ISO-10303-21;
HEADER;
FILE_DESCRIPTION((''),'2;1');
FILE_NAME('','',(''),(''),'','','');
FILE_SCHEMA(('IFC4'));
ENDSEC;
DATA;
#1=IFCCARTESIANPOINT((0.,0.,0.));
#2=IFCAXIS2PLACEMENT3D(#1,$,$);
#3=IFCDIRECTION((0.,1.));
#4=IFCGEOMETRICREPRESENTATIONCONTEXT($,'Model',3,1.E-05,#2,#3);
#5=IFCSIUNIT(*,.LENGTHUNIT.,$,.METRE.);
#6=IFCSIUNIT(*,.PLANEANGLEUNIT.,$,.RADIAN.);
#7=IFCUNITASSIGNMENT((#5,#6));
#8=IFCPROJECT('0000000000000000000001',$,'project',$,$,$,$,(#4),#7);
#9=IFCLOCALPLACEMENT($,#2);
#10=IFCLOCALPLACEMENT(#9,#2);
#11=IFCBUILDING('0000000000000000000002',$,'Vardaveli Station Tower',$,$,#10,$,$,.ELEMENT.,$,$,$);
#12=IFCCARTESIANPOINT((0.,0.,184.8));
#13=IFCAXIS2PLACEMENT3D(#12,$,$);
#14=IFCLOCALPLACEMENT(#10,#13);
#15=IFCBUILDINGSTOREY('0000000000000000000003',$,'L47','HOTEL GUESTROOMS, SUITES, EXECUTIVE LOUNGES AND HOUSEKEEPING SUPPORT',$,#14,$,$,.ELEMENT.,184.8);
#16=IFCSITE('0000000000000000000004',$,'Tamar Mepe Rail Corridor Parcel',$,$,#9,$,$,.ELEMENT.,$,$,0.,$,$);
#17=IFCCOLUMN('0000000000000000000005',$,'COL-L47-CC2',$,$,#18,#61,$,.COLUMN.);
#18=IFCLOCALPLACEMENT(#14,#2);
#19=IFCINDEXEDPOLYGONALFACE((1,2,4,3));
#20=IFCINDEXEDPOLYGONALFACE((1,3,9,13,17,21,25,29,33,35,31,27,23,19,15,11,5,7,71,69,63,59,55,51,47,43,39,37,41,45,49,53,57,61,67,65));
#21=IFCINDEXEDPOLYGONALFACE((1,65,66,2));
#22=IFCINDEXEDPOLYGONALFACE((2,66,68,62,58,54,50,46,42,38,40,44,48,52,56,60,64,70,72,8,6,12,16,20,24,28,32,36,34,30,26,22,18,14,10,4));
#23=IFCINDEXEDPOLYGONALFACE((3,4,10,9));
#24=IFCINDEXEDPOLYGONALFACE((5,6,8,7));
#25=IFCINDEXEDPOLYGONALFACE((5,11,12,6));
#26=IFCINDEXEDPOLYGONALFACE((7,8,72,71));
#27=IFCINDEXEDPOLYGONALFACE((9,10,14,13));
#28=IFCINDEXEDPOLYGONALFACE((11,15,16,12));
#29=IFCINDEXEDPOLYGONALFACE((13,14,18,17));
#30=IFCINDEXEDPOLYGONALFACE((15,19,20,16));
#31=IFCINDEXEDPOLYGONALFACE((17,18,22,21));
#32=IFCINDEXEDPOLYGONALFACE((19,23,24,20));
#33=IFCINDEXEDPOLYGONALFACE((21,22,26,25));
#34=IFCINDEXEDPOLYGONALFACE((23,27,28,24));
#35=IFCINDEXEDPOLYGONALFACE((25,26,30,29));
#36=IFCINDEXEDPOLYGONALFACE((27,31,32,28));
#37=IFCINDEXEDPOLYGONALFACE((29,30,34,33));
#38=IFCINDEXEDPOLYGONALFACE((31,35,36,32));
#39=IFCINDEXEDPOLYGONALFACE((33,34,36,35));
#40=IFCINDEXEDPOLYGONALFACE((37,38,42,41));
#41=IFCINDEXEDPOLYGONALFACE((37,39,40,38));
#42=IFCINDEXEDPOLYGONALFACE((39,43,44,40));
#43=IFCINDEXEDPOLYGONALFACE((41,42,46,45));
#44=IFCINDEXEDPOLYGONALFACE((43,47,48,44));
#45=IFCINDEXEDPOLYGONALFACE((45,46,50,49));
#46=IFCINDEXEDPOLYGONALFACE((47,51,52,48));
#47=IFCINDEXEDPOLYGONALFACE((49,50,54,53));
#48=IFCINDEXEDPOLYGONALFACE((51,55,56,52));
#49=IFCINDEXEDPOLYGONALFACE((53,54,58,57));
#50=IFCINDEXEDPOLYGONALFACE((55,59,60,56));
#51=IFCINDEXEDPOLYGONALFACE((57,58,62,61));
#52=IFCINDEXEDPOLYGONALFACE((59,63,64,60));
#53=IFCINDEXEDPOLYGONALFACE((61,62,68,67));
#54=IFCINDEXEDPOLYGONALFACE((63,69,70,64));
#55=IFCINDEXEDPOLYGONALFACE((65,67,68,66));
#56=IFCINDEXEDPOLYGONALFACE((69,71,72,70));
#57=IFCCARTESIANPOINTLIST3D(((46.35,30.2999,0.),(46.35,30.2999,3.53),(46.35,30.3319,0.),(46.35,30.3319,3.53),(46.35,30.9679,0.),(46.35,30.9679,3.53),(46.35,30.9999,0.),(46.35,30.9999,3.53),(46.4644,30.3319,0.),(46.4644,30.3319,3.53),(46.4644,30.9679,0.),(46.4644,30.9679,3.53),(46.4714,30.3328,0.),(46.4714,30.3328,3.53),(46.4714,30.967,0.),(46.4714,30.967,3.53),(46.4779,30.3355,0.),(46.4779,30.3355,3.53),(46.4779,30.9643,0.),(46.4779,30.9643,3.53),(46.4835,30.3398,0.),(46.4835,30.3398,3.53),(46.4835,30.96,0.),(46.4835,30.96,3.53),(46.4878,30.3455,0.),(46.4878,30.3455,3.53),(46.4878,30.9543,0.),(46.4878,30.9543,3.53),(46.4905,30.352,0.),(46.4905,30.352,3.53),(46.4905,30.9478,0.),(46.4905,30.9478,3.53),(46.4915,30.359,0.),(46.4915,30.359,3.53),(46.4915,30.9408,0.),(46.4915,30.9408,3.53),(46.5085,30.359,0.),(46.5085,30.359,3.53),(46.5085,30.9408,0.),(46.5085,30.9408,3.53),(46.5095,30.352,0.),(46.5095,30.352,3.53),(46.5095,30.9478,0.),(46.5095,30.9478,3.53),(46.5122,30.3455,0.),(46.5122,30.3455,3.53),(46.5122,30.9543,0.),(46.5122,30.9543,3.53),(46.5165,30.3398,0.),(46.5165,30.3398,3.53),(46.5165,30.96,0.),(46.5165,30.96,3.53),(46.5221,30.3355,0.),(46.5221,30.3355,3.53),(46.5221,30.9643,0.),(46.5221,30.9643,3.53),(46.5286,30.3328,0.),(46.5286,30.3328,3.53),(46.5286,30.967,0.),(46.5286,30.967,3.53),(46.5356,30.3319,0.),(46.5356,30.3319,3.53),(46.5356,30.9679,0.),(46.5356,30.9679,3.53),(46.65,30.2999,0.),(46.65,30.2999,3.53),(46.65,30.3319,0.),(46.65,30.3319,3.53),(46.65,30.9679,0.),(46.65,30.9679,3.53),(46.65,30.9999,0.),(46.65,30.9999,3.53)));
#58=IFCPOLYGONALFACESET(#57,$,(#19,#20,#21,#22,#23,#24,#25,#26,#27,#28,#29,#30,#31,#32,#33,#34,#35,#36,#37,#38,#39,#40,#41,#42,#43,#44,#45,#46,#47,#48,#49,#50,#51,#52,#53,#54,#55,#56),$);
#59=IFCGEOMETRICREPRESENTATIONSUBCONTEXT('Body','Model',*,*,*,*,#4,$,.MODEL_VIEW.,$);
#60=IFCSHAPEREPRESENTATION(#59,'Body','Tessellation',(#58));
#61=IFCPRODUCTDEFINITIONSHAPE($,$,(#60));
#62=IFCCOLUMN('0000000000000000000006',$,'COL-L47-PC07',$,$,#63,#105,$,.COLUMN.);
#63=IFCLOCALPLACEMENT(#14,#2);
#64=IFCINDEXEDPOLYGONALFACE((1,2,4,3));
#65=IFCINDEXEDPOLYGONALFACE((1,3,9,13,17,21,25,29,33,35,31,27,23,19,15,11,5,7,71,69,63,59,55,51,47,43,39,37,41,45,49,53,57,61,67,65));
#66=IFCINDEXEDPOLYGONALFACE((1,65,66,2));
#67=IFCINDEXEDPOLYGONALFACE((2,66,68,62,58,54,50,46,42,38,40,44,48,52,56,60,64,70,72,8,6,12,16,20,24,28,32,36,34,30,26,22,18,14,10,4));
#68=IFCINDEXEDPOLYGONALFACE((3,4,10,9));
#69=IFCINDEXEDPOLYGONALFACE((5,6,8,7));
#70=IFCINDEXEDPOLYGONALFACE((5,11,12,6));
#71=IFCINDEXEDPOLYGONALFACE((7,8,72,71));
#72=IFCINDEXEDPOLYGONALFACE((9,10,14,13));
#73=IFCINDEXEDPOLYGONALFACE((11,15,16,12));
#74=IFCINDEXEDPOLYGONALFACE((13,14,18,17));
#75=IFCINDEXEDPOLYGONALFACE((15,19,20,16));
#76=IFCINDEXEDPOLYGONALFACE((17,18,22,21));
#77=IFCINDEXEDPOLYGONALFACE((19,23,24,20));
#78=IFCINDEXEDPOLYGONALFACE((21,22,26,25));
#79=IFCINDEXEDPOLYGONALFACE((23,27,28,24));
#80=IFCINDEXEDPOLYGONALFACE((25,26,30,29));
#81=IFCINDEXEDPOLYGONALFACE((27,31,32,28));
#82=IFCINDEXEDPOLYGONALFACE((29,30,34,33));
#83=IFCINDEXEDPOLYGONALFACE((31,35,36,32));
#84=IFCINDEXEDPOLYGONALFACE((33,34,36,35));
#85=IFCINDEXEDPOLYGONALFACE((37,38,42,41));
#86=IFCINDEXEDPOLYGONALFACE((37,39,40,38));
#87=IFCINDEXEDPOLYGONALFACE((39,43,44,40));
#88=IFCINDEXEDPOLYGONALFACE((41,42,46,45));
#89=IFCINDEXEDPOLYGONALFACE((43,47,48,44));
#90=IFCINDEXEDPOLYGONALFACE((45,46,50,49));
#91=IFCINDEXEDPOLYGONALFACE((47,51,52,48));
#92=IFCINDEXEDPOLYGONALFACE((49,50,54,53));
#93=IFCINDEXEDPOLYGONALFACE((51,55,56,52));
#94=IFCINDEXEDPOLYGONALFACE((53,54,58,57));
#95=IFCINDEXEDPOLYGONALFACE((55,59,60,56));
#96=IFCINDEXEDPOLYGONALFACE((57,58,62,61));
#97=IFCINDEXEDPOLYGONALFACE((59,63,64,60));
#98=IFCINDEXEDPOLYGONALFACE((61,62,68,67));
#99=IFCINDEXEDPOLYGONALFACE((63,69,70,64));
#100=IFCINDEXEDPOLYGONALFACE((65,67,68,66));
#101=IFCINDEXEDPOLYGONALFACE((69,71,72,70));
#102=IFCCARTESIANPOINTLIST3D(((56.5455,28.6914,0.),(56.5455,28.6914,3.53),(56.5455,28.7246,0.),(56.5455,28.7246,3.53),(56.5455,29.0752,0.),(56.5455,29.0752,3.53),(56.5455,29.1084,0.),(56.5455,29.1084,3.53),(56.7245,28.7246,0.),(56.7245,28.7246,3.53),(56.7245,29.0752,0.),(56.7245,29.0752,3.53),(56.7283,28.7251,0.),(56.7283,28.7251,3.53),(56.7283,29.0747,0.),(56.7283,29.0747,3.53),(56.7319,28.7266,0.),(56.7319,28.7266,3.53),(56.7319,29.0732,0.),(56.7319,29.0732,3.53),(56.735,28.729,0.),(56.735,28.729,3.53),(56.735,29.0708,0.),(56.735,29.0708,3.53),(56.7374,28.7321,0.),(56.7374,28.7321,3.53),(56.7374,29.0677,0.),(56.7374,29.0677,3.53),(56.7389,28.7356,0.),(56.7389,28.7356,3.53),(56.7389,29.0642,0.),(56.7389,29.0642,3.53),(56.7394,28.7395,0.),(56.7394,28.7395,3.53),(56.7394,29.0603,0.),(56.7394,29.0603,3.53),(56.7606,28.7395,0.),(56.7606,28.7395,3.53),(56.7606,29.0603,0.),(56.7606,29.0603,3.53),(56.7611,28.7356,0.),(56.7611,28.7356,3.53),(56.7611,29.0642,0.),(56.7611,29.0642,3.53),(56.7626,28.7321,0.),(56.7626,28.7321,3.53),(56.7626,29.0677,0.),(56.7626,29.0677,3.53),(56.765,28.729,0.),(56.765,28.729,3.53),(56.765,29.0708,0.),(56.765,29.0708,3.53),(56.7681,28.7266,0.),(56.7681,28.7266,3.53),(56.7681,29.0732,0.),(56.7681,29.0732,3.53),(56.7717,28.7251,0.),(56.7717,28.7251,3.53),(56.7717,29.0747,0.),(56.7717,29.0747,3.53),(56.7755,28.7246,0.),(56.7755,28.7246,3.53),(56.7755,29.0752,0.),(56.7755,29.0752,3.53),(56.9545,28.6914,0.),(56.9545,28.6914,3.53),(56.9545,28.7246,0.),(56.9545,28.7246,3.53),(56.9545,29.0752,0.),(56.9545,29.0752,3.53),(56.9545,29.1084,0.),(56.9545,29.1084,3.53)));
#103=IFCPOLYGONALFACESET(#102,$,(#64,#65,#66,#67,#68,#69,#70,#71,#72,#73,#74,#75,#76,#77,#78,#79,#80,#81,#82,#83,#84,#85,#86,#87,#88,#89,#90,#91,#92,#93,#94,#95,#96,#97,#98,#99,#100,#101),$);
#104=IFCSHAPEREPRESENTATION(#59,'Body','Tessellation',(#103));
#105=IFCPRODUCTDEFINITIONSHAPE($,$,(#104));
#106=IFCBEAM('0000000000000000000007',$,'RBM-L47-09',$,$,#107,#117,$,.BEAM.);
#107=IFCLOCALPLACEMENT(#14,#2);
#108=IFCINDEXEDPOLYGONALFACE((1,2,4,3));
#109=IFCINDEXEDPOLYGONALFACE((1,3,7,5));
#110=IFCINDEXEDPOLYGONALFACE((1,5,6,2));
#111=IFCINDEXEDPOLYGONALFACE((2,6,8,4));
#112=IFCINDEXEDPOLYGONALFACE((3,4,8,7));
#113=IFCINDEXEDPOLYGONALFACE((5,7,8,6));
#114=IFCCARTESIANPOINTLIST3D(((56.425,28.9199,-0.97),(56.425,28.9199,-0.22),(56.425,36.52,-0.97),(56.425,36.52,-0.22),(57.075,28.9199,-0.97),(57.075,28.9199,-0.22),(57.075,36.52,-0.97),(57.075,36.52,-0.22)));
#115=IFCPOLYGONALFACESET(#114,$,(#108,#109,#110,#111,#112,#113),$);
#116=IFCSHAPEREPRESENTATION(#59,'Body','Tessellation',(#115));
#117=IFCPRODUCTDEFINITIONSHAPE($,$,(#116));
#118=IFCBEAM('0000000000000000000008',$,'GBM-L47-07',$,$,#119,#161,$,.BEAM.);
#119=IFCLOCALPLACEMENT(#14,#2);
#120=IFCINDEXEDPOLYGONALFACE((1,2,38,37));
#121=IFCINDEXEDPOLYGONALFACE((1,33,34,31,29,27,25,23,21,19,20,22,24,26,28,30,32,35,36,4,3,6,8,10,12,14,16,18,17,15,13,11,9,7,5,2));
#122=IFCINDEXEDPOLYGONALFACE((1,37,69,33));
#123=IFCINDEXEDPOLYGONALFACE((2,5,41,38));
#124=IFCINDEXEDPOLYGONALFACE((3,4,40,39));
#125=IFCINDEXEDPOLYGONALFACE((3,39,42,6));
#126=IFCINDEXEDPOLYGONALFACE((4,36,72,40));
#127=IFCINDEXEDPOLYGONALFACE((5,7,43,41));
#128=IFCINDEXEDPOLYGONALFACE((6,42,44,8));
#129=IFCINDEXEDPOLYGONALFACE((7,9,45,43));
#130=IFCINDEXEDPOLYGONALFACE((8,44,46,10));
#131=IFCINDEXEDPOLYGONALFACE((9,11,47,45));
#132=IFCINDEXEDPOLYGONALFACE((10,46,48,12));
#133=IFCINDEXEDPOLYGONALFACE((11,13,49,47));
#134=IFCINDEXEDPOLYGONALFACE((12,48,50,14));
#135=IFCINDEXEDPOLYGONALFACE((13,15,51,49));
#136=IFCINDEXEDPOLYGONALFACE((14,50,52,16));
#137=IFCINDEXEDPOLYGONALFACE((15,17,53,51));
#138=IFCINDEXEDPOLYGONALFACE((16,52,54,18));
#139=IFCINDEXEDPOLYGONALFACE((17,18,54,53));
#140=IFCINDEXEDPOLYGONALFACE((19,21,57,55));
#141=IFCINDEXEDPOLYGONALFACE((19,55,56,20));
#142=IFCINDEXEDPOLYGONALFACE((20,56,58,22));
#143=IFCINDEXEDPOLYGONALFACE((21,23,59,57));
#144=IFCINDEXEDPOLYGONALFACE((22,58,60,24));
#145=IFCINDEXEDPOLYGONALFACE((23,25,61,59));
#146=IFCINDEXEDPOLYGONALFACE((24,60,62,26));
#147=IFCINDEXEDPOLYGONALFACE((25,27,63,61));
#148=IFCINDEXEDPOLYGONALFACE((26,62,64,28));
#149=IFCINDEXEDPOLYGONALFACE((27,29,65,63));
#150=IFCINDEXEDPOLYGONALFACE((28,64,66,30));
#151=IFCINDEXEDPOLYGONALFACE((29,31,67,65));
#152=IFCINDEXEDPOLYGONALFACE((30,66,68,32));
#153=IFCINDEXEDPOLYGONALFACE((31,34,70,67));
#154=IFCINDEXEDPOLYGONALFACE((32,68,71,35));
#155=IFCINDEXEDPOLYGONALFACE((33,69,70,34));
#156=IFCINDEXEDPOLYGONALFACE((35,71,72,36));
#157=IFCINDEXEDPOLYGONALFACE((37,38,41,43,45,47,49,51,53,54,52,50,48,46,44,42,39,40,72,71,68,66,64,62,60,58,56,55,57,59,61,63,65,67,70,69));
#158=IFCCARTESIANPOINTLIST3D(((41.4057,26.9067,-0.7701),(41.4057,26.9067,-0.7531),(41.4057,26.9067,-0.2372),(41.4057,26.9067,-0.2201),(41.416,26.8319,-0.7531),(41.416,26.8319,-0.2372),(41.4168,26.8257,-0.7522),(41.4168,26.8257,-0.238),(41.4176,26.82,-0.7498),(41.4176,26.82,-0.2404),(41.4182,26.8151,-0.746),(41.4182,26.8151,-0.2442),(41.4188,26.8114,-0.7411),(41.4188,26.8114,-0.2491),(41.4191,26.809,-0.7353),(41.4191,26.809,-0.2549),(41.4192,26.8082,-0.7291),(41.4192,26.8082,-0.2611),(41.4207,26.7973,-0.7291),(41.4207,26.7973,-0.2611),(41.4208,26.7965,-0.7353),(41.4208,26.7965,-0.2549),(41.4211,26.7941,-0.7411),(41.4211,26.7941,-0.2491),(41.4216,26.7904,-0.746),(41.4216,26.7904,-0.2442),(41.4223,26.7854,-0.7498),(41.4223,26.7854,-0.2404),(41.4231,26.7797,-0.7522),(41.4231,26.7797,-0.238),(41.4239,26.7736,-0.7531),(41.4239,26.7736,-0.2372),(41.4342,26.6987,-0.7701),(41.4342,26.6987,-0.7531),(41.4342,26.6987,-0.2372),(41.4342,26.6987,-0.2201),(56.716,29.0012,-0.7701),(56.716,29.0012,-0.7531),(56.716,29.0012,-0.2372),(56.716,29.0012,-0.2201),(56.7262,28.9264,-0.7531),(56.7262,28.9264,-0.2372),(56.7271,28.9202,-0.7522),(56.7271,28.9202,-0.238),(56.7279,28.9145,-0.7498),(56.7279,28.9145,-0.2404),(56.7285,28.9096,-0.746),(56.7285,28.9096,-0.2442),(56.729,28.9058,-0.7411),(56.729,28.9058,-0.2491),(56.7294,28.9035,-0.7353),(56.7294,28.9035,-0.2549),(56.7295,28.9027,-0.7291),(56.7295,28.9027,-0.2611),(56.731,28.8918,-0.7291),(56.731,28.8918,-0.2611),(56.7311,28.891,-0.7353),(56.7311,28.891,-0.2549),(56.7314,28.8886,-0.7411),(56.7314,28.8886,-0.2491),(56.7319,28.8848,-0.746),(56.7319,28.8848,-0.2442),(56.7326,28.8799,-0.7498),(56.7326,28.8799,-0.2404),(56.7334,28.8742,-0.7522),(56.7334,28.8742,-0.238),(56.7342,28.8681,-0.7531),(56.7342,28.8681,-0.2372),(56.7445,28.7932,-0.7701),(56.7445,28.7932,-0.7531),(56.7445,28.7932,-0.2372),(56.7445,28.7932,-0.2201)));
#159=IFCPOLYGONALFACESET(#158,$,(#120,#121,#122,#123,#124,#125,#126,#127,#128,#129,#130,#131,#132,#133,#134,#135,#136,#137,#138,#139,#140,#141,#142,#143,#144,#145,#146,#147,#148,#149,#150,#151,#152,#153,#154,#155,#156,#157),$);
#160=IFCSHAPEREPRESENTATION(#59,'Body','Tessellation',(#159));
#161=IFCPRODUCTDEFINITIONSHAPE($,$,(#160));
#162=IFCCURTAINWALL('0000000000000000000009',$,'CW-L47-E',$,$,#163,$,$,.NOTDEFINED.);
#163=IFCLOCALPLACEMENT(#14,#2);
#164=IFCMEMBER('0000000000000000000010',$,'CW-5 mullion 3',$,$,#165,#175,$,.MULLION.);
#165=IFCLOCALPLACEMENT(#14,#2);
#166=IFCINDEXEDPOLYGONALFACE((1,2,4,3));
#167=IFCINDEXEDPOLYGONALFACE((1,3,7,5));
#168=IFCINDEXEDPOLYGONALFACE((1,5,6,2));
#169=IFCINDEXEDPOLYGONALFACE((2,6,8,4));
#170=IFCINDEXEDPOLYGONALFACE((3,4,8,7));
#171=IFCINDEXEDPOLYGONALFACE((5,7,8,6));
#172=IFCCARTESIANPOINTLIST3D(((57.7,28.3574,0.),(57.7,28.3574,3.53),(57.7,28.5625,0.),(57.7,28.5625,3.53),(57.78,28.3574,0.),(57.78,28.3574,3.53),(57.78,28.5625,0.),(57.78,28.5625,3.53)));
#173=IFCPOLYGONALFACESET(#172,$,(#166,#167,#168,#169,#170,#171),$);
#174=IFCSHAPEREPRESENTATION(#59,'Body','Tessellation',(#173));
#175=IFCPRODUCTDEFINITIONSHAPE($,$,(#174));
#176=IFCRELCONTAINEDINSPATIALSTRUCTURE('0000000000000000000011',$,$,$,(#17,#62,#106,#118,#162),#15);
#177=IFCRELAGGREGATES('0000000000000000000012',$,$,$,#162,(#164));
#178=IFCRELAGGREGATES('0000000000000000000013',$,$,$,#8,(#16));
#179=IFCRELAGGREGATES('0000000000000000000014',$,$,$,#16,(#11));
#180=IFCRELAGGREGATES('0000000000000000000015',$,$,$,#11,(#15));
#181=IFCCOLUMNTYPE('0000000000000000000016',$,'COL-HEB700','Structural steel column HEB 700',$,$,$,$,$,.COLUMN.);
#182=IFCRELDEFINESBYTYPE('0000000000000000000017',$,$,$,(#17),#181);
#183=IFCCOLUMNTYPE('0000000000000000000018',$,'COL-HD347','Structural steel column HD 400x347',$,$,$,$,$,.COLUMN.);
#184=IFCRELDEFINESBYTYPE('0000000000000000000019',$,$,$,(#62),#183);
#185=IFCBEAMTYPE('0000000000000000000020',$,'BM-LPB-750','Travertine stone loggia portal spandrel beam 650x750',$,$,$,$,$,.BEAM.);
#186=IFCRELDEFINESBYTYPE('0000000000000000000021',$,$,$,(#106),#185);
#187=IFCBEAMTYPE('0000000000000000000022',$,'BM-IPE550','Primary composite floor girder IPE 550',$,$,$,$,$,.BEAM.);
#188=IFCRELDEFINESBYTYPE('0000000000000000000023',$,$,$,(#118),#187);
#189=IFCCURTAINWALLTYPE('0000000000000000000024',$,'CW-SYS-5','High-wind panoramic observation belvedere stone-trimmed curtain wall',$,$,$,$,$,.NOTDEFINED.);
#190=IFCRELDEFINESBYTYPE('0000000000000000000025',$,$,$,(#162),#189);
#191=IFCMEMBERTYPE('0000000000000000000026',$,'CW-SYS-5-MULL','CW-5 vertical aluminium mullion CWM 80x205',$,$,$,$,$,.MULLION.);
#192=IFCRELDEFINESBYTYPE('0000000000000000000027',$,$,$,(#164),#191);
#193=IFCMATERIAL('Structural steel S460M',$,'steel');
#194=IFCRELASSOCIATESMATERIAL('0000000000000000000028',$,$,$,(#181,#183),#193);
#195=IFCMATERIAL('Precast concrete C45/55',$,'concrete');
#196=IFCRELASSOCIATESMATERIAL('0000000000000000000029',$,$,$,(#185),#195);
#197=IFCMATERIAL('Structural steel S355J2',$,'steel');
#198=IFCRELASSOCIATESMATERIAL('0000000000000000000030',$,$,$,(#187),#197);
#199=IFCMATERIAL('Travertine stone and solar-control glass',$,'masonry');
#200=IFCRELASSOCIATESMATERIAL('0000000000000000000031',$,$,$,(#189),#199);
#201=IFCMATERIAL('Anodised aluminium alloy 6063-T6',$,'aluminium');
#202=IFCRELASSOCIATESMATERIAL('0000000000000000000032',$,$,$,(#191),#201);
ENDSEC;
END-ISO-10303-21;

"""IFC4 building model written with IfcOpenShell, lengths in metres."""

from ifc_helpers import new_model, si_unit, direction, frame, origin, origin_2d, place, context, subcontext, project, spatial, rectangle, i_section, extrude, source, transform, mapped, material, material_profile, profile_set, type_object, element, aggregate, save


model = new_model("IFC4")

# Units and contexts
model_context = context("Model", 3, precision=1e-05, world=origin(), true_north=direction((0.0, 1.0)))
body_context = subcontext(model_context, "Body", "Model", "MODEL_VIEW")
ifc_project = project(units=[si_unit("LENGTHUNIT", "METRE"), si_unit("PLANEANGLEUNIT", "RADIAN")], contexts=[model_context])

# Site, building, storey
site_placement = place(None, origin())
site = spatial("IfcSite", under=ifc_project, at=site_placement, Name="Tamar Mepe Rail Corridor Parcel", CompositionType="ELEMENT", RefElevation=0.0)
building_placement = place(site_placement, origin())
building = spatial("IfcBuilding", under=site, at=building_placement, Name="Vardaveli Station Tower", CompositionType="ELEMENT")
storey_placement = place(building_placement, frame((0.0, 0.0, 184.8)))
storey = spatial("IfcBuildingStorey", under=building, at=storey_placement, Name="L47", Description="HOTEL GUESTROOMS, SUITES, EXECUTIVE LOUNGES AND HOUSEKEEPING SUPPORT", CompositionType="ELEMENT", Elevation=184.8)

# Columns
ifc_material_1 = material(Name="Structural steel S460M", Category="steel")
ifc_material_profile_1 = material_profile(ifc_material_1, i_section(OverallWidth=0.3, OverallDepth=0.7, WebThickness=0.0171, FlangeThickness=0.032, FilletRadius=0.0271, at=origin_2d()), Name="HEB 700")
ifc_profile_set_1 = profile_set([ifc_material_profile_1], Name="Structural steel S460M")
column_type_1 = type_object("IfcColumnType", Name="COL-HEB700", Description="Structural steel column HEB 700", PredefinedType="COLUMN", material=ifc_profile_set_1)
shared_shape_1 = source(origin(), body_context, "Body", "SweptSolid", [
    extrude(i_section(OverallWidth=0.3, OverallDepth=0.7, WebThickness=0.0171, FlangeThickness=0.032, FilletRadius=0.0271, at=origin_2d()), origin(), (0.0, 0.0, 1.0), 3.53),
])
column_1_placement = place(storey_placement, frame((46.5, 30.6499, 0.0), z_axis=(0.0, 0.0, 1.0), x_axis=(1.0, 0.0, 0.0)))
element("IfcColumn", 1, at=column_1_placement, inside=storey, type_object=column_type_1, Name="COL-L47-CC2", PredefinedType="COLUMN", context=body_context, shape_type="MappedRepresentation", body=[
    mapped(shared_shape_1, transform((0.0, 0.0, 0.0), scale=1.0)),
])
ifc_material_profile_2 = material_profile(ifc_material_1, i_section(OverallWidth=0.4089, OverallDepth=0.417, WebThickness=0.0212, FlangeThickness=0.0332, FilletRadius=0.0149, at=origin_2d()), Name="HD 400x347")
ifc_profile_set_2 = profile_set([ifc_material_profile_2], Name="Structural steel S460M")
column_type_2 = type_object("IfcColumnType", Name="COL-HD347", Description="Structural steel column HD 400x347", PredefinedType="COLUMN", material=ifc_profile_set_2)
shared_shape_2 = source(origin(), body_context, "Body", "SweptSolid", [
    extrude(i_section(OverallWidth=0.4089, OverallDepth=0.417, WebThickness=0.0212, FlangeThickness=0.0332, FilletRadius=0.0149, at=origin_2d()), origin(), (0.0, 0.0, 1.0), 3.53),
])
column_2_placement = place(storey_placement, frame((56.75, 28.8999, 0.0), z_axis=(0.0, 0.0, 1.0), x_axis=(1.0, 0.0, 0.0)))
element("IfcColumn", 2, at=column_2_placement, inside=storey, type_object=column_type_2, Name="COL-L47-PC07", PredefinedType="COLUMN", context=body_context, shape_type="MappedRepresentation", body=[
    mapped(shared_shape_2, transform((0.0, 0.0, 0.0), scale=1.0)),
])

# Beams
ifc_material_2 = material(Name="Precast concrete C45/55", Category="concrete")
ifc_material_profile_3 = material_profile(ifc_material_2, rectangle(XDim=0.6499, YDim=0.75, at=origin_2d()), Name="LPB 650x750")
ifc_profile_set_3 = profile_set([ifc_material_profile_3], Name="Precast concrete C45/55")
beam_type_1 = type_object("IfcBeamType", Name="BM-LPB-750", Description="Travertine stone loggia portal spandrel beam 650x750", PredefinedType="BEAM", material=ifc_profile_set_3)
shared_shape_3 = source(origin(), body_context, "Body", "SweptSolid", [
    extrude(rectangle(XDim=0.6499, YDim=0.75, at=origin_2d()), origin(), (0.0, 0.0, 1.0), 7.6001),
])
beam_1_placement = place(storey_placement, frame((56.75, 28.9199, -0.595), z_axis=(0.0, 1.0, 0.0), x_axis=(-1.0, 0.0, 0.0)))
element("IfcBeam", 3, at=beam_1_placement, inside=storey, type_object=beam_type_1, Name="RBM-L47-09", PredefinedType="BEAM", context=body_context, shape_type="MappedRepresentation", body=[
    mapped(shared_shape_3, transform((0.0, 0.0, 0.0), scale=1.0)),
])
ifc_material_3 = material(Name="Structural steel S355J2", Category="steel")
ifc_material_profile_4 = material_profile(ifc_material_3, i_section(OverallWidth=0.21, OverallDepth=0.55, WebThickness=0.011, FlangeThickness=0.0171, FilletRadius=0.0239, at=origin_2d()), Name="IPE 550")
ifc_profile_set_4 = profile_set([ifc_material_profile_4], Name="Structural steel S355J2")
beam_type_2 = type_object("IfcBeamType", Name="BM-IPE550", Description="Primary composite floor girder IPE 550", PredefinedType="BEAM", material=ifc_profile_set_4)
shared_shape_4 = source(origin(), body_context, "Body", "SweptSolid", [
    extrude(i_section(OverallWidth=0.21, OverallDepth=0.55, WebThickness=0.011, FlangeThickness=0.0171, FilletRadius=0.0239, at=origin_2d()), origin(), (0.0, 0.0, 1.0), 15.4529),
])
beam_2_placement = place(storey_placement, frame((56.7302, 28.8972, -0.4951), z_axis=(-0.990772, -0.13554, 0.0), x_axis=(0.13554, -0.990772, 0.0)))
element("IfcBeam", 4, at=beam_2_placement, inside=storey, type_object=beam_type_2, Name="GBM-L47-07", PredefinedType="BEAM", context=body_context, shape_type="MappedRepresentation", body=[
    mapped(shared_shape_4, transform((0.0, 0.0, 0.0), scale=1.0)),
])

# Curtain wall, member
ifc_material_4 = material(Name="Travertine stone and solar-control glass", Category="masonry")
curtain_wall_type = type_object("IfcCurtainWallType", Name="CW-SYS-5", Description="High-wind panoramic observation belvedere stone-trimmed curtain wall", PredefinedType="NOTDEFINED", material=ifc_material_4)
curtain_wall_placement = place(storey_placement, origin())
curtain_wall = element("IfcCurtainWall", 5, at=curtain_wall_placement, inside=storey, type_object=curtain_wall_type, Name="CW-L47-E", PredefinedType="NOTDEFINED")
ifc_material_5 = material(Name="Anodised aluminium alloy 6063-T6", Category="aluminium")
ifc_material_profile_5 = material_profile(ifc_material_5, rectangle(XDim=0.0801, YDim=0.2051, at=origin_2d()), Name="CWM 80x205")
ifc_profile_set_5 = profile_set([ifc_material_profile_5], Name="Anodised aluminium alloy 6063-T6")
member_type = type_object("IfcMemberType", Name="CW-SYS-5-MULL", Description="CW-5 vertical aluminium mullion CWM 80x205", PredefinedType="MULLION", material=ifc_profile_set_5)
shared_shape_5 = source(origin(), body_context, "Body", "SweptSolid", [
    extrude(rectangle(XDim=0.0801, YDim=0.2051, at=origin_2d()), origin(), (0.0, 0.0, 1.0), 3.53),
])
member_placement = place(storey_placement, frame((57.74, 28.46, 0.0), z_axis=(0.0, 0.0, 1.0), x_axis=(-1.0, 0.0, 0.0)))
member = element("IfcMember", 6, at=member_placement, type_object=member_type, Name="CW-5 mullion 3", PredefinedType="MULLION", context=body_context, shape_type="MappedRepresentation", body=[
    mapped(shared_shape_5, transform((0.0, 0.0, 0.0), scale=1.0)),
])
aggregate(curtain_wall, [member])

save(model, "model.ifc")
